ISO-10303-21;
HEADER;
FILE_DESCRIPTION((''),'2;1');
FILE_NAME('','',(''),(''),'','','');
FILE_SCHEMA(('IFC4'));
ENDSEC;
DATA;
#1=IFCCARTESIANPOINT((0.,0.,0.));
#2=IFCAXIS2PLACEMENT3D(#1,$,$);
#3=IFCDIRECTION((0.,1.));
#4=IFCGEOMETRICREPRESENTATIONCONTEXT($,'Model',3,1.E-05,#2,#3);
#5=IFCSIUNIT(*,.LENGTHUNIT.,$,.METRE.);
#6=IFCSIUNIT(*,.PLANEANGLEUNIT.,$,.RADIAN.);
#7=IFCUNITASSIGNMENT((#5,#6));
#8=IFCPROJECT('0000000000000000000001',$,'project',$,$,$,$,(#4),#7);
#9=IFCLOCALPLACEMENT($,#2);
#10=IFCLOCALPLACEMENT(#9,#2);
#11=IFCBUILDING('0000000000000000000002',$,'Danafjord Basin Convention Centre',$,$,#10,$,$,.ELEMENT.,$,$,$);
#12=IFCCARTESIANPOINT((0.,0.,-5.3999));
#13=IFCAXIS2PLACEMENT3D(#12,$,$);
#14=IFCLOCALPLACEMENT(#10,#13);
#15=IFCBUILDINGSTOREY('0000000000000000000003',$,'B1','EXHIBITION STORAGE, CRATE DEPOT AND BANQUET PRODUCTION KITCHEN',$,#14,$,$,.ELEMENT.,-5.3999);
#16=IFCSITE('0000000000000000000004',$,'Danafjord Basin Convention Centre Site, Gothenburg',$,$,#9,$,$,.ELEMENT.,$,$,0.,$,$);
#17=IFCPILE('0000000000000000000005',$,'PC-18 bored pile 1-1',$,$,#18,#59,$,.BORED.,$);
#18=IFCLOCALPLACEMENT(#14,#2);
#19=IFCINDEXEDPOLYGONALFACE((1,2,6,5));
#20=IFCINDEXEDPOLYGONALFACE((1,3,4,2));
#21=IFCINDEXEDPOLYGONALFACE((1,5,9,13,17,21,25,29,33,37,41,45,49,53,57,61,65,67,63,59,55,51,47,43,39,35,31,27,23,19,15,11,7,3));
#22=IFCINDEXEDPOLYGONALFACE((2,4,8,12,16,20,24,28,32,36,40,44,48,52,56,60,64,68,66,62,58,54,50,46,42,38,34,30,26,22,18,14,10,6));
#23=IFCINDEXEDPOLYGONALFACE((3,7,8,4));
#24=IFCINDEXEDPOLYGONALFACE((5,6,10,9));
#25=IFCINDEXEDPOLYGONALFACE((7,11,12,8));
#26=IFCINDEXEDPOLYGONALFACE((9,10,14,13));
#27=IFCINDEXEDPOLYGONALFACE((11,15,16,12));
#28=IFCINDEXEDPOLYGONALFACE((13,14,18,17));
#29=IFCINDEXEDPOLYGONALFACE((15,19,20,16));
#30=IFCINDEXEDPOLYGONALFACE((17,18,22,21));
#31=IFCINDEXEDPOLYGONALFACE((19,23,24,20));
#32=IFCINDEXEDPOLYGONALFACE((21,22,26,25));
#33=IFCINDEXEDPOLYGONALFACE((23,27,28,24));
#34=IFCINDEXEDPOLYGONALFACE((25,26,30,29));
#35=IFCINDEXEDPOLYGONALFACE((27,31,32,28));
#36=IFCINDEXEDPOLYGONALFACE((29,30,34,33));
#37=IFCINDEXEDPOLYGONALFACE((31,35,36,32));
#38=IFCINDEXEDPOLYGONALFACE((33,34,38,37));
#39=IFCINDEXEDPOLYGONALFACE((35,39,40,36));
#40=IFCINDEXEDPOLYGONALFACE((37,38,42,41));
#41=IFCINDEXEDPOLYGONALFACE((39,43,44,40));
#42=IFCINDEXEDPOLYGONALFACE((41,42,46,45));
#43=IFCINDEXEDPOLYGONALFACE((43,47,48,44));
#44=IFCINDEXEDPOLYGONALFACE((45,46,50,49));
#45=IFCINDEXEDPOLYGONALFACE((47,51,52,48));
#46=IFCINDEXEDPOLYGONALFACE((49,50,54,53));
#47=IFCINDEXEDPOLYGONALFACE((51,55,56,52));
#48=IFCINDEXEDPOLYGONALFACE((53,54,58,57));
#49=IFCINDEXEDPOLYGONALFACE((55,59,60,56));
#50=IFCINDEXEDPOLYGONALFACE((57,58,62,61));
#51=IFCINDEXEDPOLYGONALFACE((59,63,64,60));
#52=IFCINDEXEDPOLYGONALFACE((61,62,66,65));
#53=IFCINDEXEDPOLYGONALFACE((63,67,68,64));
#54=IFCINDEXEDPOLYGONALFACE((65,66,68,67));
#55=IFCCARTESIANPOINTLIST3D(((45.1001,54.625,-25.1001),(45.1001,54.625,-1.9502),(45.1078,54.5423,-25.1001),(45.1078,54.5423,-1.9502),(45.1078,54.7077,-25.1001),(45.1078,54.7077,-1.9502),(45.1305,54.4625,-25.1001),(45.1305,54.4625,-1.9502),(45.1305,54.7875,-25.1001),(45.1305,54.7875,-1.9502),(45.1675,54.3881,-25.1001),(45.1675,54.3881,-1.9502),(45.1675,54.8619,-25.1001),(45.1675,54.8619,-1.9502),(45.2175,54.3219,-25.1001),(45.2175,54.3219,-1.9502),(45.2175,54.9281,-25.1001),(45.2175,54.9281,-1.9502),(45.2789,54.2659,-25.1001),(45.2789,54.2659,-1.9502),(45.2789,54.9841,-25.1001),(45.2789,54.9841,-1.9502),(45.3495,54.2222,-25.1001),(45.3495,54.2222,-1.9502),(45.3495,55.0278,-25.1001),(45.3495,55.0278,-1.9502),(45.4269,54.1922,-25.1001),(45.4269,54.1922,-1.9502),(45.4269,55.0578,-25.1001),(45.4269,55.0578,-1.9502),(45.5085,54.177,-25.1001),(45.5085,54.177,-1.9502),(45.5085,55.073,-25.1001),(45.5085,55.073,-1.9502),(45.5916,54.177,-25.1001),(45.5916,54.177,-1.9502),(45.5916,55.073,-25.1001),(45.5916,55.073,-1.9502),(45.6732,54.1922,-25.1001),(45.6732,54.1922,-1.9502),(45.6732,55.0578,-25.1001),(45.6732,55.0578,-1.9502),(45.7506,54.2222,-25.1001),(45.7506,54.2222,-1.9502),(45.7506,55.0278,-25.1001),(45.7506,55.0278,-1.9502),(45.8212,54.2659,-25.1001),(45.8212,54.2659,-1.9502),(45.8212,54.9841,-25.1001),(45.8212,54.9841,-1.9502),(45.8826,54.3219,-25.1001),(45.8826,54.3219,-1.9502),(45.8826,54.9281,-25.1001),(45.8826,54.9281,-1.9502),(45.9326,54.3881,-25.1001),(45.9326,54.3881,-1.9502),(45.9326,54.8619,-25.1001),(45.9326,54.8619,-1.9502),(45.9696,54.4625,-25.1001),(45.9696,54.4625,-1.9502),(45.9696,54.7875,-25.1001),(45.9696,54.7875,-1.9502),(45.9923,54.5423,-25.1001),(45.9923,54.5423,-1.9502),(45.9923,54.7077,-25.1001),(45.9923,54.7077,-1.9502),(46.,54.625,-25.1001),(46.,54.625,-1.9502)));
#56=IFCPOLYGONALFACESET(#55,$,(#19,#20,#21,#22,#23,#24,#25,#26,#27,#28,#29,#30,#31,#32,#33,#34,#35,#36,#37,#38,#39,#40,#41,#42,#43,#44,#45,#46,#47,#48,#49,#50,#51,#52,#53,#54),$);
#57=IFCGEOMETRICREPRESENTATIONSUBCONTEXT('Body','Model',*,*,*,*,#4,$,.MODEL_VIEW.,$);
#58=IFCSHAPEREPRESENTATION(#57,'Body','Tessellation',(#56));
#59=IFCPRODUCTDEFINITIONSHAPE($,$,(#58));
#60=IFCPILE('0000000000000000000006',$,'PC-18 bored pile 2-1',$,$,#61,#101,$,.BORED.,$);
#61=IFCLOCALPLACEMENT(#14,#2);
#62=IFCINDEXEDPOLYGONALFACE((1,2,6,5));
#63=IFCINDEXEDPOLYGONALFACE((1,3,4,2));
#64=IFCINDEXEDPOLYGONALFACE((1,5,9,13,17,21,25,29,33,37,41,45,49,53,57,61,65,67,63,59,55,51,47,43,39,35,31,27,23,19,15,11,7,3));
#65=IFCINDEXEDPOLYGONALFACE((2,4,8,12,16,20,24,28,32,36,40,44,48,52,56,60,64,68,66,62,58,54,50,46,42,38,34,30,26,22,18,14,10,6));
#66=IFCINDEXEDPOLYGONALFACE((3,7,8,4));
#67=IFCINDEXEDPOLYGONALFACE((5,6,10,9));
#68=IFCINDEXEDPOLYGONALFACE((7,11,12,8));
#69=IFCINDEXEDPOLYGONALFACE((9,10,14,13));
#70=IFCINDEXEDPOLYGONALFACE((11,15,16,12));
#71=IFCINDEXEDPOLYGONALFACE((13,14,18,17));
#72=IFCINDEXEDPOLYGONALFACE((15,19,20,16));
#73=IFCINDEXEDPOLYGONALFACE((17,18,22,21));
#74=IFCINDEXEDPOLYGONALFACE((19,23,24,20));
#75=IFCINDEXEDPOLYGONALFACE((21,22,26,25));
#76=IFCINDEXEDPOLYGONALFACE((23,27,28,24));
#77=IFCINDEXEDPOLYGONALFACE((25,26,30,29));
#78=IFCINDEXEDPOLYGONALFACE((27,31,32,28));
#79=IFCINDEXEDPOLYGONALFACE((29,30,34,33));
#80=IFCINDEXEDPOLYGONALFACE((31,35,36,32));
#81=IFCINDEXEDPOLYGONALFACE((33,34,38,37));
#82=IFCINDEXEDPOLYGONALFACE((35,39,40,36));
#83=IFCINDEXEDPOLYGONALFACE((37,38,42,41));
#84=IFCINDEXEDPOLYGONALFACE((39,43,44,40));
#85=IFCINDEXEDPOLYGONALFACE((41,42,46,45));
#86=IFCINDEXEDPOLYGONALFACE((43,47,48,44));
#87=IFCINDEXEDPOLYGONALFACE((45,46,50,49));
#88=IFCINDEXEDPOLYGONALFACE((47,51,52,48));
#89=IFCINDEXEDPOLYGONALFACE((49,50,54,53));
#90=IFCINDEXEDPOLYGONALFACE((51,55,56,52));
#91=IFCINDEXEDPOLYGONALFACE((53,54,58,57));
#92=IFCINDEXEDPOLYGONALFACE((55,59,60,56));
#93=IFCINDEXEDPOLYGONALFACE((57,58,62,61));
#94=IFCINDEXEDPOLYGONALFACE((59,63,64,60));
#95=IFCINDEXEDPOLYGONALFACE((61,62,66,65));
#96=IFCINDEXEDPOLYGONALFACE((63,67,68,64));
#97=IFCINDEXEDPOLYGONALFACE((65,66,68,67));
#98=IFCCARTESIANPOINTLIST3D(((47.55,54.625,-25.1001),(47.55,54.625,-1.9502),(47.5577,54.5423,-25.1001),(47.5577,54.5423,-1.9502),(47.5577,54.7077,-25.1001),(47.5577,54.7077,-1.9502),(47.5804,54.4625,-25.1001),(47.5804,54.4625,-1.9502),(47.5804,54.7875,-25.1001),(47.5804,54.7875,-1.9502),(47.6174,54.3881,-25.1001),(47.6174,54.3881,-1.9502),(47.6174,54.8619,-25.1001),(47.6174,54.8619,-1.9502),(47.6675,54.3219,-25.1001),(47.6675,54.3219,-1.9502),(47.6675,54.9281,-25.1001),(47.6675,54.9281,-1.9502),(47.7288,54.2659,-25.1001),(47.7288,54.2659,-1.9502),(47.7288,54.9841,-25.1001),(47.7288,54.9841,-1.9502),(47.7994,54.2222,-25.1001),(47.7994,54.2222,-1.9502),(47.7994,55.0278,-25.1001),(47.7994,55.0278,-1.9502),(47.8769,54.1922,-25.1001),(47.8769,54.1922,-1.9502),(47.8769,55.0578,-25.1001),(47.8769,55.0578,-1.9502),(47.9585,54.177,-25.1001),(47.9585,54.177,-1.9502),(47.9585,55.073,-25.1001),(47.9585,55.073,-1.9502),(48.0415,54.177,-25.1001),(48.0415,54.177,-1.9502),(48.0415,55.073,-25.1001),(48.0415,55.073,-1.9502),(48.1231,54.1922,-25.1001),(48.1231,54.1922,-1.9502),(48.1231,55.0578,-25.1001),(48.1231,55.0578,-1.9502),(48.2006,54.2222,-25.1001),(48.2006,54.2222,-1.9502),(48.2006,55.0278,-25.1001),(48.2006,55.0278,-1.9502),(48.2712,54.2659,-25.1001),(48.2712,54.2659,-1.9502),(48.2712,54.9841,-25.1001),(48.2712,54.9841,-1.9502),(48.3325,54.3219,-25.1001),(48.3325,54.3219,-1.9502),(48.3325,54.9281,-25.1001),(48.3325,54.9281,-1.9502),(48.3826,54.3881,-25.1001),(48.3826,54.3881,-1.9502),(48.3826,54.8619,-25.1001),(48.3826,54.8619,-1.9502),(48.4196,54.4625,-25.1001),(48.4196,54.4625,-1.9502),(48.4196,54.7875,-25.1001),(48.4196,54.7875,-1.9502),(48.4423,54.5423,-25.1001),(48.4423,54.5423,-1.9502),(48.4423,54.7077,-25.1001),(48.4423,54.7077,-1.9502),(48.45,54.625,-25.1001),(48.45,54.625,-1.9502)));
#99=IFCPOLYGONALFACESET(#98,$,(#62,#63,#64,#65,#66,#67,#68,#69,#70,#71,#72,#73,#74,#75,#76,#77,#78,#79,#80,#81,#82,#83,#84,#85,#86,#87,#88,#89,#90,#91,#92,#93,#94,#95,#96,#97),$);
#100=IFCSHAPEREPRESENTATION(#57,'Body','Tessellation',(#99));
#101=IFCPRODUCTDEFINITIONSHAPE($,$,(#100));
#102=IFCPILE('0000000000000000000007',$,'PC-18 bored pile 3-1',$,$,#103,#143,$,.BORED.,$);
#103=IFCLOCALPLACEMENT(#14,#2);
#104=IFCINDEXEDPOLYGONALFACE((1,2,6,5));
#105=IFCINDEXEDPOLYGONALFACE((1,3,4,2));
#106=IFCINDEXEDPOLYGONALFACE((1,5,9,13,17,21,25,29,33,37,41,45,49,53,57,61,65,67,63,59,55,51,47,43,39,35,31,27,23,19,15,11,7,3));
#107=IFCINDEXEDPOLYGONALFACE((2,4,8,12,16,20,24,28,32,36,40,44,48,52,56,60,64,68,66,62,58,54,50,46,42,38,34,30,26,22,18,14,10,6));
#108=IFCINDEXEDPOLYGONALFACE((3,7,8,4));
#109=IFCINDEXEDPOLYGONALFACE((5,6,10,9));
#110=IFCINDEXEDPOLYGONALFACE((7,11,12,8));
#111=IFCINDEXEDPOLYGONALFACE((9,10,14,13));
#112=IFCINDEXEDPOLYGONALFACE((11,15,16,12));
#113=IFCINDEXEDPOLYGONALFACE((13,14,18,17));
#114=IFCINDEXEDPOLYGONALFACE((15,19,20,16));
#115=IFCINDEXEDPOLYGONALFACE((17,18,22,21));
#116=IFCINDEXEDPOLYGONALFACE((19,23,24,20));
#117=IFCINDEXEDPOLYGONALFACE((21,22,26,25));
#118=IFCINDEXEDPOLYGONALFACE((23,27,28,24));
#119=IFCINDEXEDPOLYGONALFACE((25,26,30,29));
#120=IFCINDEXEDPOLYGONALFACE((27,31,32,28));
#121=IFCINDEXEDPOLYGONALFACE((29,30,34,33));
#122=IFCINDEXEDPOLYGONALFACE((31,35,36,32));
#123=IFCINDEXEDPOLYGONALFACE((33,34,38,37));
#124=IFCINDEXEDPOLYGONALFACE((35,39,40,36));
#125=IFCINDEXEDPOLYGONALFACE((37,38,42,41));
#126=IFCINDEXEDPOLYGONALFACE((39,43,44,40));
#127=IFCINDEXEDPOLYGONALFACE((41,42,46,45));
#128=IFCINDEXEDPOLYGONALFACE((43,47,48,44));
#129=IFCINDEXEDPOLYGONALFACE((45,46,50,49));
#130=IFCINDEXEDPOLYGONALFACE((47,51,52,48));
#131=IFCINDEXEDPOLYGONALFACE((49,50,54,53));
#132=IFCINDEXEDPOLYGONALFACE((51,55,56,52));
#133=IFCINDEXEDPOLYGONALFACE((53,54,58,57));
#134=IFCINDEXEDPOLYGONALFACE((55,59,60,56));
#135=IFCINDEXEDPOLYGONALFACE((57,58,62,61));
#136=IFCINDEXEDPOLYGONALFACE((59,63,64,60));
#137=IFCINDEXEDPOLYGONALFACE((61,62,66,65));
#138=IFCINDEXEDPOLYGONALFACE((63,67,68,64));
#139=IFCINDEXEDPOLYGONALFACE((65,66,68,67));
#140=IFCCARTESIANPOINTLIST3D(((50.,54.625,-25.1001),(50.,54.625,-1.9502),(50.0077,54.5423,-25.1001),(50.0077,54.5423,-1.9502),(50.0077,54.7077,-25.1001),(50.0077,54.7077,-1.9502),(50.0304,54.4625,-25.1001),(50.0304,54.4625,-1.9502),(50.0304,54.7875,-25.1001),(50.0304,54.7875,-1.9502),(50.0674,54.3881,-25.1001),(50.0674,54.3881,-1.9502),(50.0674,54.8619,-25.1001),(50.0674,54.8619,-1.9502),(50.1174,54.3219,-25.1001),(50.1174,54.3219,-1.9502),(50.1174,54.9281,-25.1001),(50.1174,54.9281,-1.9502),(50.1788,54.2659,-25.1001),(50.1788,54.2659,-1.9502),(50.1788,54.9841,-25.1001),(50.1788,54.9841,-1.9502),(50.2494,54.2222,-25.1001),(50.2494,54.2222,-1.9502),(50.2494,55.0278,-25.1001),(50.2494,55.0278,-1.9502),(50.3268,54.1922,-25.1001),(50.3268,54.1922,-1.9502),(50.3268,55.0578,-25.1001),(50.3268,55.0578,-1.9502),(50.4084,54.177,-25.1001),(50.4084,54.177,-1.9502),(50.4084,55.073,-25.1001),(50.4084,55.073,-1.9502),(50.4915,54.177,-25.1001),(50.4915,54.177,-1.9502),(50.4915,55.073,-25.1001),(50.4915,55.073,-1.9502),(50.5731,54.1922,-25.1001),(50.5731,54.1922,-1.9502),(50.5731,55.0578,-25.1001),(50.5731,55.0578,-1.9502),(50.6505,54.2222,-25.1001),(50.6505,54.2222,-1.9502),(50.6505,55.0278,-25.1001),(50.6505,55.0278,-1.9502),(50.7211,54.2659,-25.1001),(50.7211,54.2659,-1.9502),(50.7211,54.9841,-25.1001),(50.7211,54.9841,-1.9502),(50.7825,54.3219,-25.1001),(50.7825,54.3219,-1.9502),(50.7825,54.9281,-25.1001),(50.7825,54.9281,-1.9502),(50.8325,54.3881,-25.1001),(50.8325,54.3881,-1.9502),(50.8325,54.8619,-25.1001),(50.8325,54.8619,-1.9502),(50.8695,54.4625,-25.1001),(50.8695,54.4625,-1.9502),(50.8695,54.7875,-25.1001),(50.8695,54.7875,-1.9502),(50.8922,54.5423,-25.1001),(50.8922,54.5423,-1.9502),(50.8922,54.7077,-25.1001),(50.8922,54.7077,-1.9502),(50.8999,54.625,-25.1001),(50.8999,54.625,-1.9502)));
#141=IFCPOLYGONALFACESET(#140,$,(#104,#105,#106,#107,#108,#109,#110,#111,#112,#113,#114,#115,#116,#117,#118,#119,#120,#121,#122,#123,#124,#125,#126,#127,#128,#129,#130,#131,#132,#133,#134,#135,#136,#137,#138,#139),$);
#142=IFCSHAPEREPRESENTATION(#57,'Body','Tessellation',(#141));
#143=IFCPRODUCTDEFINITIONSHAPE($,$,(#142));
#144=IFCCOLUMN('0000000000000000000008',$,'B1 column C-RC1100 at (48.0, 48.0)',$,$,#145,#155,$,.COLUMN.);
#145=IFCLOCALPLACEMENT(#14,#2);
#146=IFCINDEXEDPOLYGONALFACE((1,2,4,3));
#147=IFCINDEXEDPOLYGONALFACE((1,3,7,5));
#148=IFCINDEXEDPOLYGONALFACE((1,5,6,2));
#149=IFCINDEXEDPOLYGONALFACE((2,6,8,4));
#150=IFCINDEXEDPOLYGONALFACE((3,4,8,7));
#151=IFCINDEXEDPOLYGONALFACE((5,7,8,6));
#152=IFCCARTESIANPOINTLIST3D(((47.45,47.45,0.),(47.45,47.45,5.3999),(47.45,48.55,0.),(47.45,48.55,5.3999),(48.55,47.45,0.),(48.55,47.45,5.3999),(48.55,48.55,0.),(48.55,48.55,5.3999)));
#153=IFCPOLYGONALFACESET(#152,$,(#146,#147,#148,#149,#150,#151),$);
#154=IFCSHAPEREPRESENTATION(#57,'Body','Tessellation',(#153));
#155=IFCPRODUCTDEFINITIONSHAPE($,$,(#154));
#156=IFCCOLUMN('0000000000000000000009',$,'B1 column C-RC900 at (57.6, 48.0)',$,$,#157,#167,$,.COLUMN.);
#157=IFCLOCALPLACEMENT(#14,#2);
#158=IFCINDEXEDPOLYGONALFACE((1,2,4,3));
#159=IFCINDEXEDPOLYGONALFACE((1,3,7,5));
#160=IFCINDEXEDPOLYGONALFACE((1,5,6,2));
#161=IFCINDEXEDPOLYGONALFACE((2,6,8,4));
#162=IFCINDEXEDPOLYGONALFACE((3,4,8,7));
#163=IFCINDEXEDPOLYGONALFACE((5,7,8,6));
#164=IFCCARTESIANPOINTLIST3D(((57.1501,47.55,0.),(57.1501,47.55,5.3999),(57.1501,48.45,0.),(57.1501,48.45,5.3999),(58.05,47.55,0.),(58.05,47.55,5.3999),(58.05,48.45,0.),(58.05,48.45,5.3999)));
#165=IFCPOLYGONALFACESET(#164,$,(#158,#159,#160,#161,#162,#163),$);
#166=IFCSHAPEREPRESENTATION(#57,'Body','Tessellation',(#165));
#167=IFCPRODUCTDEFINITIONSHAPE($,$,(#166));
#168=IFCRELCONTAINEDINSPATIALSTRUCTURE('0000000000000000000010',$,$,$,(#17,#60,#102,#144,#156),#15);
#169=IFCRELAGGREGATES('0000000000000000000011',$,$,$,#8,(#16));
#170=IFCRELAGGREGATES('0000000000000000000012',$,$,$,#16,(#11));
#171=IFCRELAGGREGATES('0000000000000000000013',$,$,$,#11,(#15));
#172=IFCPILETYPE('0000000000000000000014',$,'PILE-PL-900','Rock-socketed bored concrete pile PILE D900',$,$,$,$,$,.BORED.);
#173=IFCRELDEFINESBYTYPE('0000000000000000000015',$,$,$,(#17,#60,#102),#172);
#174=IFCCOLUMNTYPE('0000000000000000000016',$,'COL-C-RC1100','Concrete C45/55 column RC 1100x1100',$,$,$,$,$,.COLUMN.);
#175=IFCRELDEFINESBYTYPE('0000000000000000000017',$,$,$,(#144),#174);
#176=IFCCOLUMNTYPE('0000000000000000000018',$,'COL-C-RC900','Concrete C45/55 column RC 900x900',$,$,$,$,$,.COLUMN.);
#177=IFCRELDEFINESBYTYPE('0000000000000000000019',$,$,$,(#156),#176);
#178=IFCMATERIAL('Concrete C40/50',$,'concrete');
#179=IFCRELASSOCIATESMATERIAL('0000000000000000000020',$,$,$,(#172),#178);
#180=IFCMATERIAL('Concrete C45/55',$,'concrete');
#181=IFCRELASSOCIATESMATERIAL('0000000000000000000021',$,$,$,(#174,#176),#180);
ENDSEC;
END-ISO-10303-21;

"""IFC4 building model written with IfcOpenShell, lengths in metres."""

from ifc_helpers import new_model, si_unit, direction, frame, origin, origin_2d, place, context, subcontext, project, spatial, rectangle, circle, extrude, material, material_profile, profile_set, type_object, element, save


model = new_model("IFC4")

# Units and contexts
model_context = context("Model", 3, precision=1e-05, world=origin(), true_north=direction((0.0, 1.0)))
body_context = subcontext(model_context, "Body", "Model", "MODEL_VIEW")
ifc_project = project(units=[si_unit("LENGTHUNIT", "METRE"), si_unit("PLANEANGLEUNIT", "RADIAN")], contexts=[model_context])

# Site, building, storey
site_placement = place(None, origin())
site = spatial("IfcSite", under=ifc_project, at=site_placement, Name="Danafjord Basin Convention Centre Site, Gothenburg", CompositionType="ELEMENT", RefElevation=0.0)
building_placement = place(site_placement, origin())
building = spatial("IfcBuilding", under=site, at=building_placement, Name="Danafjord Basin Convention Centre", CompositionType="ELEMENT")
storey_placement = place(building_placement, frame((0.0, 0.0, -5.3999)))
storey = spatial("IfcBuildingStorey", under=building, at=storey_placement, Name="B1", Description="EXHIBITION STORAGE, CRATE DEPOT AND BANQUET PRODUCTION KITCHEN", CompositionType="ELEMENT", Elevation=-5.3999)

# Shared definitions
ifc_material_1 = material(Name="Concrete C40/50", Category="concrete")

# Piles
ifc_material_profile_1 = material_profile(ifc_material_1, circle(Radius=0.45, at=origin_2d()), Name="PILE D900")
ifc_profile_set_1 = profile_set([ifc_material_profile_1], Name="Concrete C40/50")
pile_type_1 = type_object("IfcPileType", Name="PILE-PL-900", Description="Rock-socketed bored concrete pile PILE D900", PredefinedType="BORED", material=ifc_profile_set_1)
for number, where, z_axis, x_axis, name in (
    (1, (45.55, 54.625, -1.9502), (0.0, 0.0, -1.0), (1.0, 0.0, 0.0), "PC-18 bored pile 1-1"),
    (2, (48.0, 54.625, -1.9502), (0.0, 0.0, -1.0), (1.0, 0.0, 0.0), "PC-18 bored pile 2-1"),
    (3, (50.45, 54.625, -1.9502), (0.0, 0.0, -1.0), (1.0, 0.0, 0.0), "PC-18 bored pile 3-1"),
):
    element("IfcPile", number, at=place(storey_placement, frame(where, z_axis=z_axis, x_axis=x_axis)), inside=storey, type_object=pile_type_1, Name=name, PredefinedType="BORED", context=body_context, shape_type="SweptSolid", body=[
        extrude(circle(Radius=0.45, at=origin_2d()), origin(), (0.0, 0.0, 1.0), 23.1499),
    ])

# Columns
ifc_material_2 = material(Name="Concrete C45/55", Category="concrete")
ifc_material_profile_2 = material_profile(ifc_material_2, rectangle(XDim=1.1001, YDim=1.1001, at=origin_2d()), Name="RC 1100x1100")
ifc_profile_set_2 = profile_set([ifc_material_profile_2], Name="Concrete C45/55")
column_type_1 = type_object("IfcColumnType", Name="COL-C-RC1100", Description="Concrete C45/55 column RC 1100x1100", PredefinedType="COLUMN", material=ifc_profile_set_2)
column_1_placement = place(storey_placement, frame((48.0, 48.0, 0.0), z_axis=(0.0, 0.0, 1.0), x_axis=(1.0, 0.0, 0.0)))
element("IfcColumn", 4, at=column_1_placement, inside=storey, type_object=column_type_1, Name="B1 column C-RC1100 at (48.0, 48.0)", PredefinedType="COLUMN", context=body_context, shape_type="SweptSolid", body=[
    extrude(rectangle(XDim=1.1001, YDim=1.1001, at=origin_2d()), origin(), (0.0, 0.0, 1.0), 5.3999),
])
ifc_material_profile_3 = material_profile(ifc_material_2, rectangle(XDim=0.8999, YDim=0.8999, at=origin_2d()), Name="RC 900x900")
ifc_profile_set_3 = profile_set([ifc_material_profile_3], Name="Concrete C45/55")
column_type_2 = type_object("IfcColumnType", Name="COL-C-RC900", Description="Concrete C45/55 column RC 900x900", PredefinedType="COLUMN", material=ifc_profile_set_3)
column_2_placement = place(storey_placement, frame((57.6001, 48.0, 0.0), z_axis=(0.0, 0.0, 1.0), x_axis=(1.0, 0.0, 0.0)))
element("IfcColumn", 5, at=column_2_placement, inside=storey, type_object=column_type_2, Name="B1 column C-RC900 at (57.6, 48.0)", PredefinedType="COLUMN", context=body_context, shape_type="SweptSolid", body=[
    extrude(rectangle(XDim=0.8999, YDim=0.8999, at=origin_2d()), origin(), (0.0, 0.0, 1.0), 5.3999),
])

save(model, "model.ifc")
